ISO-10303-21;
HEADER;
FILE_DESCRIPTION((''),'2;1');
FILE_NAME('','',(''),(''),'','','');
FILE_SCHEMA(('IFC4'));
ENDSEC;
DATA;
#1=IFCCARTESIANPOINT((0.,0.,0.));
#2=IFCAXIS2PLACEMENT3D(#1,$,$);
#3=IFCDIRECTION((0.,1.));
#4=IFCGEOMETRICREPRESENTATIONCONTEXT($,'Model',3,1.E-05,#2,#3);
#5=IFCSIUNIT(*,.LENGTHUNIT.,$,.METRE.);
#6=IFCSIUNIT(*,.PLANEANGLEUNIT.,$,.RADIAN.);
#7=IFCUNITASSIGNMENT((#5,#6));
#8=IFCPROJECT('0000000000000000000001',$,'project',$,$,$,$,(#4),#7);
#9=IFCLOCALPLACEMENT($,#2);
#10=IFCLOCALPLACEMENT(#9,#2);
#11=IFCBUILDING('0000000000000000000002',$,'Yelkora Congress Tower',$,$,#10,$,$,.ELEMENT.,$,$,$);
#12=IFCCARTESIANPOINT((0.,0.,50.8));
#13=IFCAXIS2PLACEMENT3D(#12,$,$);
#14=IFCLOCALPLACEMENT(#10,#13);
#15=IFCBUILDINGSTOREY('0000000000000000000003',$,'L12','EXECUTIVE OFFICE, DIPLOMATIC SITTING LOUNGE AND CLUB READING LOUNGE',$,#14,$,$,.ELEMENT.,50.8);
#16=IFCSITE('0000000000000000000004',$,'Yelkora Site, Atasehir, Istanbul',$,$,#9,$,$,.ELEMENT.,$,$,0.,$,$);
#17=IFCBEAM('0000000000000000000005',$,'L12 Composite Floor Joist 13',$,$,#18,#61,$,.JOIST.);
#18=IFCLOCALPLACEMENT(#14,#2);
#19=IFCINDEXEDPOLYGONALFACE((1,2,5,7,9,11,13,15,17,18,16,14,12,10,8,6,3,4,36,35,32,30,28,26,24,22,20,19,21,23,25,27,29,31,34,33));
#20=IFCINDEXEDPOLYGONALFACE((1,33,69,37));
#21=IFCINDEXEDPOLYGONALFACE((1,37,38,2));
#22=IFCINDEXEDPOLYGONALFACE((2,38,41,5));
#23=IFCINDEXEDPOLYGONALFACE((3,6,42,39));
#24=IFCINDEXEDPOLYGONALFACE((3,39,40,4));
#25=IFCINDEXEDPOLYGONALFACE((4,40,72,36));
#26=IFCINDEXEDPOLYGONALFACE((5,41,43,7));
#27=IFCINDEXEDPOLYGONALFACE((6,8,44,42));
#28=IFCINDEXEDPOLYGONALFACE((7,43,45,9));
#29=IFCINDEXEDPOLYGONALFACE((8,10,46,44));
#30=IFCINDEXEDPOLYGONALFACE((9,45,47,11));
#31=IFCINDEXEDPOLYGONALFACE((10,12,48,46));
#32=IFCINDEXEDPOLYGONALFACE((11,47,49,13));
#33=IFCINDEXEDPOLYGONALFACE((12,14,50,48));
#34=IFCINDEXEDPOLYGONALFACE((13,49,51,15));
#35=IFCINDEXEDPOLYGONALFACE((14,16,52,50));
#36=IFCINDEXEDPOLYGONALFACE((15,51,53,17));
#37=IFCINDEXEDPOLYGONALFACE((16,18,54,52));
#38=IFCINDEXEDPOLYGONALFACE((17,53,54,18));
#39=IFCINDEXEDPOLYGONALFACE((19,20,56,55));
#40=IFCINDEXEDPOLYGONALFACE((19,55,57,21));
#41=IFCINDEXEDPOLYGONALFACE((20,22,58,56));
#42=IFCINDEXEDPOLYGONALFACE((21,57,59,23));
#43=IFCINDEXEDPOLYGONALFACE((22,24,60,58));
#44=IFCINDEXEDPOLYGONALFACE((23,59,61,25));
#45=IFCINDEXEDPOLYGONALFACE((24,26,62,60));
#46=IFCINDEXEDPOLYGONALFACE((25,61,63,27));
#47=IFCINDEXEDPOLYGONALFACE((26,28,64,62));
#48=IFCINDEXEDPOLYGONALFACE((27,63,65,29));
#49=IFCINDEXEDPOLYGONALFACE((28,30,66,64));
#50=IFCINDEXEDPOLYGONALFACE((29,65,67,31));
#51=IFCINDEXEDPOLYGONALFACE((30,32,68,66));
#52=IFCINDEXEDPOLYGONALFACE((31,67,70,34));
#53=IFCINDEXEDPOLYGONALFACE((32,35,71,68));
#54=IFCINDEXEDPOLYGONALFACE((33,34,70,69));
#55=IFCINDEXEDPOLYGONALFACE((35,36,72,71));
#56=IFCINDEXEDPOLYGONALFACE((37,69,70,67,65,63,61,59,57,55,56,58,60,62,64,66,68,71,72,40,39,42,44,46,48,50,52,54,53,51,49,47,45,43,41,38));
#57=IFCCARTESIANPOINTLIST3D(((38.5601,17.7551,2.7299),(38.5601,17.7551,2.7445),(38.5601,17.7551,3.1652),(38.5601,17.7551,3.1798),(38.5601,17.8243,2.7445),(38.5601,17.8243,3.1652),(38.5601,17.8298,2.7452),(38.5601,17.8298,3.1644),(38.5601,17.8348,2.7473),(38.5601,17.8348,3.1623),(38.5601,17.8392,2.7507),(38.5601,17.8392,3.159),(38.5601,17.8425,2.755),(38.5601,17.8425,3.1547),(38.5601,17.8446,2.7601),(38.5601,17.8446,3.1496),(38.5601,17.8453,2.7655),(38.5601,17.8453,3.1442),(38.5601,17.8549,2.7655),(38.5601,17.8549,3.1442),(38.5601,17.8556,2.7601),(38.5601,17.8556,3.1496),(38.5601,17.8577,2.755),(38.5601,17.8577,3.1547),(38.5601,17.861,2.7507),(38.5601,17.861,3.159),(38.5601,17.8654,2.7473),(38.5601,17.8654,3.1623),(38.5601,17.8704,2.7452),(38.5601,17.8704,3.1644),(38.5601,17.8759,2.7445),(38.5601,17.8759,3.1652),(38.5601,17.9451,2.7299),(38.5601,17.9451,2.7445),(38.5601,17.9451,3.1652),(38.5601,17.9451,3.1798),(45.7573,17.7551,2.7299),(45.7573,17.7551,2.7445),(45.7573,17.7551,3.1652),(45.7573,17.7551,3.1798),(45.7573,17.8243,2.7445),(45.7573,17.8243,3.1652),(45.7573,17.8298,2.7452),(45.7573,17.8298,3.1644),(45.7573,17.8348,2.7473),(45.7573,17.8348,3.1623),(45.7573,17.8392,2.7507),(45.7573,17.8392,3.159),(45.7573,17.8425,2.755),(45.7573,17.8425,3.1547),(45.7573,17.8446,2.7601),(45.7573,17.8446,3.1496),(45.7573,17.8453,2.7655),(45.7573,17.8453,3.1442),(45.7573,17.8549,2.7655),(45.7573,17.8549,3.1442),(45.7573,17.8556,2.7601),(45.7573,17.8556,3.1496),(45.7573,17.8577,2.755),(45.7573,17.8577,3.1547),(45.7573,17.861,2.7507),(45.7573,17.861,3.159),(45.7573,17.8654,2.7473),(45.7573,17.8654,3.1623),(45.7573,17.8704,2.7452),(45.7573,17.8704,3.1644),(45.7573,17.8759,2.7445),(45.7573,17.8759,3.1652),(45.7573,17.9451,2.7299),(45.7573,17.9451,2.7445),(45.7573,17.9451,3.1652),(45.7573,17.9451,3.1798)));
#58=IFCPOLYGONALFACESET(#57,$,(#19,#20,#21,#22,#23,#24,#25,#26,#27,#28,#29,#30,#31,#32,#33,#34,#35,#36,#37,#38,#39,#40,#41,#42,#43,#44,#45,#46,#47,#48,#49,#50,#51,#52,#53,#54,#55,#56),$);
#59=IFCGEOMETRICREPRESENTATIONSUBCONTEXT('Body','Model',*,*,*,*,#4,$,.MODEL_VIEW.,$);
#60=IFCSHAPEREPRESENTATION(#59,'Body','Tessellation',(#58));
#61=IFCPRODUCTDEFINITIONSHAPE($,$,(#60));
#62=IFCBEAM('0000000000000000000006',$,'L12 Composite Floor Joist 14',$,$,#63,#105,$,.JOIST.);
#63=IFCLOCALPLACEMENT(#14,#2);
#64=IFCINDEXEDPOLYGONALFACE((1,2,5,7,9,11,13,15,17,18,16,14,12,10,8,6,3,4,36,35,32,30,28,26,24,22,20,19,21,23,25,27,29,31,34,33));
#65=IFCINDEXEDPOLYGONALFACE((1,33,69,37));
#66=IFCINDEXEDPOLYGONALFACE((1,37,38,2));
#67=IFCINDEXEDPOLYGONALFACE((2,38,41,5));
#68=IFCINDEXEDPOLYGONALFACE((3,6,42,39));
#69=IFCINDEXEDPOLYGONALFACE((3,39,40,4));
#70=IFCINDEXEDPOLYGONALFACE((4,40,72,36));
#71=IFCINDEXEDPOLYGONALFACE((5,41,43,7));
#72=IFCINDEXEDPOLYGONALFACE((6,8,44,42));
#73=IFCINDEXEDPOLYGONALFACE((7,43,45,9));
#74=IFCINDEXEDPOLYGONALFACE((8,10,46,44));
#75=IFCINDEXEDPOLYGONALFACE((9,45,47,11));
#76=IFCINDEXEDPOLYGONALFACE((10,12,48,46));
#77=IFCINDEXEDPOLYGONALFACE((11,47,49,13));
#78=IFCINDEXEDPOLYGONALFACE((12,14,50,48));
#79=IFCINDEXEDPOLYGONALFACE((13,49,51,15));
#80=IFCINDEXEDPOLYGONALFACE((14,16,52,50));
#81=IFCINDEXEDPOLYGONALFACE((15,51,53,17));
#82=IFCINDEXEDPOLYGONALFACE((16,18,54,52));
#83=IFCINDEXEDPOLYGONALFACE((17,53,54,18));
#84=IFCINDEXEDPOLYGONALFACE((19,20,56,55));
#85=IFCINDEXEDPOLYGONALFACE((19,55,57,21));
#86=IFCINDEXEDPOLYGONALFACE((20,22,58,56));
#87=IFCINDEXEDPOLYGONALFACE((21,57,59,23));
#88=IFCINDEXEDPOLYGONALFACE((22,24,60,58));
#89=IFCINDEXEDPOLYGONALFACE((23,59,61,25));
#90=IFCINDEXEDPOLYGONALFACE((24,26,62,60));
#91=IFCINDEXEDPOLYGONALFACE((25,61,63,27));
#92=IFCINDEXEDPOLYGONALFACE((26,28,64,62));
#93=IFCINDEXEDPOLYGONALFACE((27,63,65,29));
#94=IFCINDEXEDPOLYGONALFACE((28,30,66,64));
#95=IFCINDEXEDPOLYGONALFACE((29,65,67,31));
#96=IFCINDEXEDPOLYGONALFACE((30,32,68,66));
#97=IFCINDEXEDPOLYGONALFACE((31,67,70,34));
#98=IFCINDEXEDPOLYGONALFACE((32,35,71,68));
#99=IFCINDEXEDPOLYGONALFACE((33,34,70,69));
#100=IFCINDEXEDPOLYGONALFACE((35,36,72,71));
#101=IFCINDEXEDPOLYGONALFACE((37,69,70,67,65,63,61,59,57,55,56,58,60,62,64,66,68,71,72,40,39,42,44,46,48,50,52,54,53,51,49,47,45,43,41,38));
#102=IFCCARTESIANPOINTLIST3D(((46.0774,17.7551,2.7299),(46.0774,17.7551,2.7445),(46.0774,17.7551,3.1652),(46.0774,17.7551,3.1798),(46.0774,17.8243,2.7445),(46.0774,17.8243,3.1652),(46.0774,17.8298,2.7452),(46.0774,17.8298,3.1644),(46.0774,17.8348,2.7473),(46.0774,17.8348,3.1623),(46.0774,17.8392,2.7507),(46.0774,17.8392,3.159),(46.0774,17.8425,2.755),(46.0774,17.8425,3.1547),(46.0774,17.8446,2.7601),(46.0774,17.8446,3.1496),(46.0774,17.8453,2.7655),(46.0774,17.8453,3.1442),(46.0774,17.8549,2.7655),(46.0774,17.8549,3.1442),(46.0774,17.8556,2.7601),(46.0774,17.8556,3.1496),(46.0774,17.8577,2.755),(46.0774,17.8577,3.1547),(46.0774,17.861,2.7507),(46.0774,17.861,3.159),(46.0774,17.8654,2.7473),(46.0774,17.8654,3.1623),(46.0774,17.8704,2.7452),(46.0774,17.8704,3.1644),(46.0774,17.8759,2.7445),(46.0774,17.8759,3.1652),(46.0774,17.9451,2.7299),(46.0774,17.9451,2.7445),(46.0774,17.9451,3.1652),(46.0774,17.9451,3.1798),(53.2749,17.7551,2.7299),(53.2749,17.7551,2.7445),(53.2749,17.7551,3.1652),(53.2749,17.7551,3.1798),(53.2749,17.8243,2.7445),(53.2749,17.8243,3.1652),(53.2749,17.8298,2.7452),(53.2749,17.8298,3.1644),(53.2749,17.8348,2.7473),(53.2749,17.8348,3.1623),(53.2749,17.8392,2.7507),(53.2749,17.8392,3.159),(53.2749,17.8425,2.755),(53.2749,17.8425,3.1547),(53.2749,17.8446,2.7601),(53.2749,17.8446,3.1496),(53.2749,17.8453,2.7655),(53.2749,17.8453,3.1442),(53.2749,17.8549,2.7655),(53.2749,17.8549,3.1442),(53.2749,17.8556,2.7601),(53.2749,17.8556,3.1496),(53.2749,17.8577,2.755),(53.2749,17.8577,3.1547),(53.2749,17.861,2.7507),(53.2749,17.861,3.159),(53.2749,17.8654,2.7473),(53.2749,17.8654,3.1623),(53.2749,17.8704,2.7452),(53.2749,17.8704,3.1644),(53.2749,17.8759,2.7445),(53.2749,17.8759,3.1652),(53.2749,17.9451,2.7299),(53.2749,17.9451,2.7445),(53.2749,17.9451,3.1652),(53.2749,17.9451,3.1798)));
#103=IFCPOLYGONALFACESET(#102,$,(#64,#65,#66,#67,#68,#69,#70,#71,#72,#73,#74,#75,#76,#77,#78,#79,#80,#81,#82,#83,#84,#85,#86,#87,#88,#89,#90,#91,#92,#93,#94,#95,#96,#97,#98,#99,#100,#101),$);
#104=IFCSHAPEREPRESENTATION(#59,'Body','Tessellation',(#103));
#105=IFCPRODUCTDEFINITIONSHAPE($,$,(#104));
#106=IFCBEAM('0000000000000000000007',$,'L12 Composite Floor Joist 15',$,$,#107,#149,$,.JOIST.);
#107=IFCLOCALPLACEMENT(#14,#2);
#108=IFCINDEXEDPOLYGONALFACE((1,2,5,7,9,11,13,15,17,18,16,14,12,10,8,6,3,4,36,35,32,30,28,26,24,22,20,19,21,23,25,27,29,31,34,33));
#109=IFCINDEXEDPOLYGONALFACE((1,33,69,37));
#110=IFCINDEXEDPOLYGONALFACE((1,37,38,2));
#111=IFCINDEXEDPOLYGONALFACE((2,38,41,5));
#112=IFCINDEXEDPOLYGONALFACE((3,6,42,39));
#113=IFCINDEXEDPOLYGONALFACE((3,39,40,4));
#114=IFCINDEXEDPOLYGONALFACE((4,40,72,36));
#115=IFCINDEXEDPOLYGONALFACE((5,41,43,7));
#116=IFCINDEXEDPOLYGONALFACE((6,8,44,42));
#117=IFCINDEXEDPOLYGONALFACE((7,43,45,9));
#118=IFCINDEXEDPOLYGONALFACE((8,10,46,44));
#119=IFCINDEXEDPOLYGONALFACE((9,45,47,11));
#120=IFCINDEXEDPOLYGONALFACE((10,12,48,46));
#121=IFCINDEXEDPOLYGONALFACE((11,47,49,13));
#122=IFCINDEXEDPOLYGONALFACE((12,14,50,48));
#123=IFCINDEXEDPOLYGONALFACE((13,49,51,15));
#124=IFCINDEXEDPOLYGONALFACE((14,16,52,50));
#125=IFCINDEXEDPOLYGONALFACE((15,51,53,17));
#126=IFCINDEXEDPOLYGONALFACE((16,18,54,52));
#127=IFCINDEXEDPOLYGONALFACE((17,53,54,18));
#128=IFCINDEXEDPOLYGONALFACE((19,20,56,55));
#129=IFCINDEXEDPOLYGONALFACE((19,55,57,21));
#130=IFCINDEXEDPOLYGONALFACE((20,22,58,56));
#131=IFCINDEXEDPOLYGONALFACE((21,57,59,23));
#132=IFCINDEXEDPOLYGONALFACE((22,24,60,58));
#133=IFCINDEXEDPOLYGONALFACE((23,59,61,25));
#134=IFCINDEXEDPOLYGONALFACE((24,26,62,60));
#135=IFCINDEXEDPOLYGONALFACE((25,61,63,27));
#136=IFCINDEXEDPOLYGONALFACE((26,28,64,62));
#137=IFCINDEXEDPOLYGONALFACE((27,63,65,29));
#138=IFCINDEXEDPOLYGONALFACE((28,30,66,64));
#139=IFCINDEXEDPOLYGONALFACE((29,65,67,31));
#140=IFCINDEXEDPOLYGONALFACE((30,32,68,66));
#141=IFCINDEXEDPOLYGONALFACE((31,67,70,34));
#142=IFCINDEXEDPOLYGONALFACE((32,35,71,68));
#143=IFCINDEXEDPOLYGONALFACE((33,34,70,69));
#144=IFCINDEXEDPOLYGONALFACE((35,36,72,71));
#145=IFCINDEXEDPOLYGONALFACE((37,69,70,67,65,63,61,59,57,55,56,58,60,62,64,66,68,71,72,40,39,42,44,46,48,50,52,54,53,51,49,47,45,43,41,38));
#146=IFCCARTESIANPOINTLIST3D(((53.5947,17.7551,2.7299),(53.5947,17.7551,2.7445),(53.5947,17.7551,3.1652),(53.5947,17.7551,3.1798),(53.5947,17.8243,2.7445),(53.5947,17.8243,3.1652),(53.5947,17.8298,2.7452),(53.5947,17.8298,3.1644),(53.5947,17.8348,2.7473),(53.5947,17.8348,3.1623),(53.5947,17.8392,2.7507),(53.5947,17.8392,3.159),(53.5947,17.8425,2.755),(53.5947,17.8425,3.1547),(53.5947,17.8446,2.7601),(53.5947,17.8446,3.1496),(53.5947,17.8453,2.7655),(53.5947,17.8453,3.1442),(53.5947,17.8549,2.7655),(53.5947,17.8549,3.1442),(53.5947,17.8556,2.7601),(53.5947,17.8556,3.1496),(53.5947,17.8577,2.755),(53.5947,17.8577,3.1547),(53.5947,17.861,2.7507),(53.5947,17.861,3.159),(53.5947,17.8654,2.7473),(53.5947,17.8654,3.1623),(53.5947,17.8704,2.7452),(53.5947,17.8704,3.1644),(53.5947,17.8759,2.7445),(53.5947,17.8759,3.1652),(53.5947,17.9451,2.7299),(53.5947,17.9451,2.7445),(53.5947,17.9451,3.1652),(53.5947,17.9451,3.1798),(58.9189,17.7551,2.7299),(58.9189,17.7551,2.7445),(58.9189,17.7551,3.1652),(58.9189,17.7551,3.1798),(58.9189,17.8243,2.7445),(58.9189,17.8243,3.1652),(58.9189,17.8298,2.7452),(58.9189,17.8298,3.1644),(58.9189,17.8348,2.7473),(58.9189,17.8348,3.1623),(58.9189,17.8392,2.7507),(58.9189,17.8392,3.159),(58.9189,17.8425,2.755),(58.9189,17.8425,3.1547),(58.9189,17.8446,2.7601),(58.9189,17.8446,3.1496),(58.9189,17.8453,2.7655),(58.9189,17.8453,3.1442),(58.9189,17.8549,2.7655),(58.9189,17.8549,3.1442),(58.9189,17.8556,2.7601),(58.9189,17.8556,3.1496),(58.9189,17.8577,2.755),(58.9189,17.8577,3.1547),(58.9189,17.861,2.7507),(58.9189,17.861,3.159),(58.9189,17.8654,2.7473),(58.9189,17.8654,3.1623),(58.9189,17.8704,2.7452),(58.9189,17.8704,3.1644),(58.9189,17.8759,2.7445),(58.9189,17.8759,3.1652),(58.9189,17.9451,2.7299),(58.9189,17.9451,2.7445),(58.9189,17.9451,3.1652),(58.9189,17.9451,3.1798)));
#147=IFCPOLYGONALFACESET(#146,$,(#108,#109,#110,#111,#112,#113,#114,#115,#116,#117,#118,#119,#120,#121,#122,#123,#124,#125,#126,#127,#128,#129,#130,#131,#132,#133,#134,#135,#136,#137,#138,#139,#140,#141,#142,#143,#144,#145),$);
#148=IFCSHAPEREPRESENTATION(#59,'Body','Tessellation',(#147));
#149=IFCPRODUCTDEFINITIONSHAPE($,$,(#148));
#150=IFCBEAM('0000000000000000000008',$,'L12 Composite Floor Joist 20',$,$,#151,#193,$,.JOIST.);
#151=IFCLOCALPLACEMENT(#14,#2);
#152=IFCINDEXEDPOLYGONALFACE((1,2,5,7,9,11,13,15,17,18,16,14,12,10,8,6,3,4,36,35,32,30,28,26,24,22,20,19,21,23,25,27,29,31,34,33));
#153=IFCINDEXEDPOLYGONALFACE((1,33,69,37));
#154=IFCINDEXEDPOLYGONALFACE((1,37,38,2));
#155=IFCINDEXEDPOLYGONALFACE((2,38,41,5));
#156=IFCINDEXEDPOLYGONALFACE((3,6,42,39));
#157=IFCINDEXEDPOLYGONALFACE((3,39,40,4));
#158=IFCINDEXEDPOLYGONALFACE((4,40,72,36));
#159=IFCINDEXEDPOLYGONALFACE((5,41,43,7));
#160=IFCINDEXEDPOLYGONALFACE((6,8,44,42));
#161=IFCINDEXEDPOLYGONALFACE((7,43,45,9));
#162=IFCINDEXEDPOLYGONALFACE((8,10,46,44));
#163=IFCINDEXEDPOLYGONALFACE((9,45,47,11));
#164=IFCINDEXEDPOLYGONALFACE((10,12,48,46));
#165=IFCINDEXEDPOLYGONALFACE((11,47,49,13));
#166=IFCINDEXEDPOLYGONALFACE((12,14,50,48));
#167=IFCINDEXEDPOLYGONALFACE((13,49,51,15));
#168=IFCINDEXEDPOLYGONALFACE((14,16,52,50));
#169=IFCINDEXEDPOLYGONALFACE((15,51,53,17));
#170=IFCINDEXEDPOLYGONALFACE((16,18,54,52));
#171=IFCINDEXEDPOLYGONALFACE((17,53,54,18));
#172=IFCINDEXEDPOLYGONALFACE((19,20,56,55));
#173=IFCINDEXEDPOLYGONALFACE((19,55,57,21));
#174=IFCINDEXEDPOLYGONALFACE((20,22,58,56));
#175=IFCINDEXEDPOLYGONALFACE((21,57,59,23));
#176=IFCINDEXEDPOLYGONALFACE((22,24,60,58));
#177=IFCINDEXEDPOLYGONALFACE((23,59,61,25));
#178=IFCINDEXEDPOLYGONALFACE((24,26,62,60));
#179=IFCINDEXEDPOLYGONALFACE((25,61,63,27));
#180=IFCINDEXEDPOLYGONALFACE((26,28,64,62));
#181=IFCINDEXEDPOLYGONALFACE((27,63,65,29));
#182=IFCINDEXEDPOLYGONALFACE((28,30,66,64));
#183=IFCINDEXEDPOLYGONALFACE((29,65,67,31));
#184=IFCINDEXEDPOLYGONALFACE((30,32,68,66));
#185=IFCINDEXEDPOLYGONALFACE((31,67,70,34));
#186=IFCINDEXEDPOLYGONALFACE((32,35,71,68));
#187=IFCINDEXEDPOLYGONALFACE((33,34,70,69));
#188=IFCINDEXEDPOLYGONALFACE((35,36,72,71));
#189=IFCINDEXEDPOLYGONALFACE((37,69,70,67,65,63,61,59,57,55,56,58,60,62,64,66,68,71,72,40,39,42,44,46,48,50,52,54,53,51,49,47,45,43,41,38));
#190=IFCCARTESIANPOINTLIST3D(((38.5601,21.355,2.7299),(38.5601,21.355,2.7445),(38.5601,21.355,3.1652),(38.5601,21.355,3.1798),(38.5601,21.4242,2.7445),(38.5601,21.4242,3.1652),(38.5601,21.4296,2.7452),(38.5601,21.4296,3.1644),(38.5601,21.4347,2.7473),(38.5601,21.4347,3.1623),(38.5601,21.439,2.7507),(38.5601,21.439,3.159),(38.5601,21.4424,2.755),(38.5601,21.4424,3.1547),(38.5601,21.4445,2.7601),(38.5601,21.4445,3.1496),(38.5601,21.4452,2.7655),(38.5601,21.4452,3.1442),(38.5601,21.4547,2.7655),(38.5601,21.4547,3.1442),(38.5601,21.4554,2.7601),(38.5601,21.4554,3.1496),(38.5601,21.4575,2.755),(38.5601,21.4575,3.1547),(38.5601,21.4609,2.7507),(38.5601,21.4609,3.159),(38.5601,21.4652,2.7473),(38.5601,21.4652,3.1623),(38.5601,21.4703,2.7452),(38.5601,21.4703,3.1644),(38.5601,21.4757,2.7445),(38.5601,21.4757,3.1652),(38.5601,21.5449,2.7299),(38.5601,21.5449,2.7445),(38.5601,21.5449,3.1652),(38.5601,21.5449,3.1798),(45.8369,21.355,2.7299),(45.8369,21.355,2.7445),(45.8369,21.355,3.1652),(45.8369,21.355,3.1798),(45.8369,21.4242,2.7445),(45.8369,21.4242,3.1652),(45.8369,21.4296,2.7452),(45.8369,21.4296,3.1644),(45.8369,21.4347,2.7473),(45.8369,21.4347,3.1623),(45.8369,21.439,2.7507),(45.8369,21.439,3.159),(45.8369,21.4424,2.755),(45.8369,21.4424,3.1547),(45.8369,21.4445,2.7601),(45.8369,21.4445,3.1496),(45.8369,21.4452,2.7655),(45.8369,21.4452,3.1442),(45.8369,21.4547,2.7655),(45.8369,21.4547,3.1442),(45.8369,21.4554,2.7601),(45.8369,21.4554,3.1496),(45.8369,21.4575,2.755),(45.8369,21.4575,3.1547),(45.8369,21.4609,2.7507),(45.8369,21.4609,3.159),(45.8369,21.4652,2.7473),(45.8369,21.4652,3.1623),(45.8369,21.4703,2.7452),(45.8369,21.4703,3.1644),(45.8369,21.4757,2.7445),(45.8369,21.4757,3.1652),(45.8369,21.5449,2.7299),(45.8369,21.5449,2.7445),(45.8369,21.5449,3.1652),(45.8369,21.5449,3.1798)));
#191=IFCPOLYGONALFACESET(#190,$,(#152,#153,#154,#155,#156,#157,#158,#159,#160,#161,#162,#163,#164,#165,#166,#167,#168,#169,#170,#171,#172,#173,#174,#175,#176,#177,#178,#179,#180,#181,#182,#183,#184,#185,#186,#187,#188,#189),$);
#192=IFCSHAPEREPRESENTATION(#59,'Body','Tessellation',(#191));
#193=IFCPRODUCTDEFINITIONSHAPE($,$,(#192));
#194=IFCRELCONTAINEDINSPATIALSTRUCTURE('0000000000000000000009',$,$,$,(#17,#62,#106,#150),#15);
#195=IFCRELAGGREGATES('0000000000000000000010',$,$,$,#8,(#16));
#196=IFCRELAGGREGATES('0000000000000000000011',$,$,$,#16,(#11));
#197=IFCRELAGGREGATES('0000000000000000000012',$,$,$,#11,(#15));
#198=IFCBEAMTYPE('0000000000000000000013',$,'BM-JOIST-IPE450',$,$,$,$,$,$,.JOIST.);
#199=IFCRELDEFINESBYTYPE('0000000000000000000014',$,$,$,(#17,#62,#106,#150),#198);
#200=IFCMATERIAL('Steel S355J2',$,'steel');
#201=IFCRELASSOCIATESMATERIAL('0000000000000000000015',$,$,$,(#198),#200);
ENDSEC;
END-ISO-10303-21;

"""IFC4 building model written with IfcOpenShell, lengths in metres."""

from ifc_helpers import new_model, si_unit, direction, frame, origin, origin_2d, place, context, subcontext, project, spatial, i_section, extrude, material, material_profile, profile_set, type_object, element, save


model = new_model("IFC4")

# Units and contexts
model_context = context("Model", 3, precision=1e-05, world=origin(), true_north=direction((0.0, 1.0)))
body_context = subcontext(model_context, "Body", "Model", "MODEL_VIEW")
ifc_project = project(units=[si_unit("LENGTHUNIT", "METRE"), si_unit("PLANEANGLEUNIT", "RADIAN")], contexts=[model_context])

# Site, building, storey
site_placement = place(None, origin())
site = spatial("IfcSite", under=ifc_project, at=site_placement, Name="Yelkora Site, Atasehir, Istanbul", CompositionType="ELEMENT", RefElevation=0.0)
building_placement = place(site_placement, origin())
building = spatial("IfcBuilding", under=site, at=building_placement, Name="Yelkora Congress Tower", CompositionType="ELEMENT")
storey_placement = place(building_placement, frame((0.0, 0.0, 50.8)))
storey = spatial("IfcBuildingStorey", under=building, at=storey_placement, Name="L12", Description="EXECUTIVE OFFICE, DIPLOMATIC SITTING LOUNGE AND CLUB READING LOUNGE", CompositionType="ELEMENT", Elevation=50.8)

# Beams
ifc_material_1 = material(Name="Steel S355J2", Category="steel")
ifc_material_profile_1 = material_profile(ifc_material_1, i_section(OverallWidth=0.1899, OverallDepth=0.45, WebThickness=0.0095, FlangeThickness=0.0146, FilletRadius=0.021, at=origin_2d()), Name="IPE 450")
ifc_profile_set_1 = profile_set([ifc_material_profile_1], Name="Steel S355J2")
beam_type_1 = type_object("IfcBeamType", Name="BM-JOIST-IPE450", PredefinedType="JOIST", material=ifc_profile_set_1)
beam_1_placement = place(storey_placement, frame((38.5601, 17.8501, 2.9548), z_axis=(1.0, 0.0, 0.0), x_axis=(0.0, 1.0, 0.0)))
element("IfcBeam", 1, at=beam_1_placement, inside=storey, type_object=beam_type_1, Name="L12 Composite Floor Joist 13", PredefinedType="JOIST", context=body_context, shape_type="SweptSolid", body=[
    extrude(i_section(OverallWidth=0.1899, OverallDepth=0.45, WebThickness=0.0095, FlangeThickness=0.0146, FilletRadius=0.021, at=origin_2d()), origin(), (0.0, 0.0, 1.0), 7.1973),
])
beam_2_placement = place(storey_placement, frame((46.0774, 17.8501, 2.9548), z_axis=(1.0, 0.0, 0.0), x_axis=(0.0, 1.0, 0.0)))
element("IfcBeam", 2, at=beam_2_placement, inside=storey, type_object=beam_type_1, Name="L12 Composite Floor Joist 14", PredefinedType="JOIST", context=body_context, shape_type="SweptSolid", body=[
    extrude(i_section(OverallWidth=0.1899, OverallDepth=0.45, WebThickness=0.0095, FlangeThickness=0.0146, FilletRadius=0.021, at=origin_2d()), origin(), (0.0, 0.0, 1.0), 7.1975),
])
beam_3_placement = place(storey_placement, frame((53.5947, 17.8501, 2.9548), z_axis=(1.0, 0.0, 0.0), x_axis=(0.0, 1.0, 0.0)))
element("IfcBeam", 3, at=beam_3_placement, inside=storey, type_object=beam_type_1, Name="L12 Composite Floor Joist 15", PredefinedType="JOIST", context=body_context, shape_type="SweptSolid", body=[
    extrude(i_section(OverallWidth=0.1899, OverallDepth=0.45, WebThickness=0.0095, FlangeThickness=0.0146, FilletRadius=0.021, at=origin_2d()), origin(), (0.0, 0.0, 1.0), 5.3242),
])
beam_4_placement = place(storey_placement, frame((38.5601, 21.45, 2.9548), z_axis=(1.0, 0.0, 0.0), x_axis=(0.0, 1.0, 0.0)))
element("IfcBeam", 4, at=beam_4_placement, inside=storey, type_object=beam_type_1, Name="L12 Composite Floor Joist 20", PredefinedType="JOIST", context=body_context, shape_type="SweptSolid", body=[
    extrude(i_section(OverallWidth=0.1899, OverallDepth=0.45, WebThickness=0.0095, FlangeThickness=0.0146, FilletRadius=0.021, at=origin_2d()), origin(), (0.0, 0.0, 1.0), 7.2769),
])

save(model, "model.ifc")
